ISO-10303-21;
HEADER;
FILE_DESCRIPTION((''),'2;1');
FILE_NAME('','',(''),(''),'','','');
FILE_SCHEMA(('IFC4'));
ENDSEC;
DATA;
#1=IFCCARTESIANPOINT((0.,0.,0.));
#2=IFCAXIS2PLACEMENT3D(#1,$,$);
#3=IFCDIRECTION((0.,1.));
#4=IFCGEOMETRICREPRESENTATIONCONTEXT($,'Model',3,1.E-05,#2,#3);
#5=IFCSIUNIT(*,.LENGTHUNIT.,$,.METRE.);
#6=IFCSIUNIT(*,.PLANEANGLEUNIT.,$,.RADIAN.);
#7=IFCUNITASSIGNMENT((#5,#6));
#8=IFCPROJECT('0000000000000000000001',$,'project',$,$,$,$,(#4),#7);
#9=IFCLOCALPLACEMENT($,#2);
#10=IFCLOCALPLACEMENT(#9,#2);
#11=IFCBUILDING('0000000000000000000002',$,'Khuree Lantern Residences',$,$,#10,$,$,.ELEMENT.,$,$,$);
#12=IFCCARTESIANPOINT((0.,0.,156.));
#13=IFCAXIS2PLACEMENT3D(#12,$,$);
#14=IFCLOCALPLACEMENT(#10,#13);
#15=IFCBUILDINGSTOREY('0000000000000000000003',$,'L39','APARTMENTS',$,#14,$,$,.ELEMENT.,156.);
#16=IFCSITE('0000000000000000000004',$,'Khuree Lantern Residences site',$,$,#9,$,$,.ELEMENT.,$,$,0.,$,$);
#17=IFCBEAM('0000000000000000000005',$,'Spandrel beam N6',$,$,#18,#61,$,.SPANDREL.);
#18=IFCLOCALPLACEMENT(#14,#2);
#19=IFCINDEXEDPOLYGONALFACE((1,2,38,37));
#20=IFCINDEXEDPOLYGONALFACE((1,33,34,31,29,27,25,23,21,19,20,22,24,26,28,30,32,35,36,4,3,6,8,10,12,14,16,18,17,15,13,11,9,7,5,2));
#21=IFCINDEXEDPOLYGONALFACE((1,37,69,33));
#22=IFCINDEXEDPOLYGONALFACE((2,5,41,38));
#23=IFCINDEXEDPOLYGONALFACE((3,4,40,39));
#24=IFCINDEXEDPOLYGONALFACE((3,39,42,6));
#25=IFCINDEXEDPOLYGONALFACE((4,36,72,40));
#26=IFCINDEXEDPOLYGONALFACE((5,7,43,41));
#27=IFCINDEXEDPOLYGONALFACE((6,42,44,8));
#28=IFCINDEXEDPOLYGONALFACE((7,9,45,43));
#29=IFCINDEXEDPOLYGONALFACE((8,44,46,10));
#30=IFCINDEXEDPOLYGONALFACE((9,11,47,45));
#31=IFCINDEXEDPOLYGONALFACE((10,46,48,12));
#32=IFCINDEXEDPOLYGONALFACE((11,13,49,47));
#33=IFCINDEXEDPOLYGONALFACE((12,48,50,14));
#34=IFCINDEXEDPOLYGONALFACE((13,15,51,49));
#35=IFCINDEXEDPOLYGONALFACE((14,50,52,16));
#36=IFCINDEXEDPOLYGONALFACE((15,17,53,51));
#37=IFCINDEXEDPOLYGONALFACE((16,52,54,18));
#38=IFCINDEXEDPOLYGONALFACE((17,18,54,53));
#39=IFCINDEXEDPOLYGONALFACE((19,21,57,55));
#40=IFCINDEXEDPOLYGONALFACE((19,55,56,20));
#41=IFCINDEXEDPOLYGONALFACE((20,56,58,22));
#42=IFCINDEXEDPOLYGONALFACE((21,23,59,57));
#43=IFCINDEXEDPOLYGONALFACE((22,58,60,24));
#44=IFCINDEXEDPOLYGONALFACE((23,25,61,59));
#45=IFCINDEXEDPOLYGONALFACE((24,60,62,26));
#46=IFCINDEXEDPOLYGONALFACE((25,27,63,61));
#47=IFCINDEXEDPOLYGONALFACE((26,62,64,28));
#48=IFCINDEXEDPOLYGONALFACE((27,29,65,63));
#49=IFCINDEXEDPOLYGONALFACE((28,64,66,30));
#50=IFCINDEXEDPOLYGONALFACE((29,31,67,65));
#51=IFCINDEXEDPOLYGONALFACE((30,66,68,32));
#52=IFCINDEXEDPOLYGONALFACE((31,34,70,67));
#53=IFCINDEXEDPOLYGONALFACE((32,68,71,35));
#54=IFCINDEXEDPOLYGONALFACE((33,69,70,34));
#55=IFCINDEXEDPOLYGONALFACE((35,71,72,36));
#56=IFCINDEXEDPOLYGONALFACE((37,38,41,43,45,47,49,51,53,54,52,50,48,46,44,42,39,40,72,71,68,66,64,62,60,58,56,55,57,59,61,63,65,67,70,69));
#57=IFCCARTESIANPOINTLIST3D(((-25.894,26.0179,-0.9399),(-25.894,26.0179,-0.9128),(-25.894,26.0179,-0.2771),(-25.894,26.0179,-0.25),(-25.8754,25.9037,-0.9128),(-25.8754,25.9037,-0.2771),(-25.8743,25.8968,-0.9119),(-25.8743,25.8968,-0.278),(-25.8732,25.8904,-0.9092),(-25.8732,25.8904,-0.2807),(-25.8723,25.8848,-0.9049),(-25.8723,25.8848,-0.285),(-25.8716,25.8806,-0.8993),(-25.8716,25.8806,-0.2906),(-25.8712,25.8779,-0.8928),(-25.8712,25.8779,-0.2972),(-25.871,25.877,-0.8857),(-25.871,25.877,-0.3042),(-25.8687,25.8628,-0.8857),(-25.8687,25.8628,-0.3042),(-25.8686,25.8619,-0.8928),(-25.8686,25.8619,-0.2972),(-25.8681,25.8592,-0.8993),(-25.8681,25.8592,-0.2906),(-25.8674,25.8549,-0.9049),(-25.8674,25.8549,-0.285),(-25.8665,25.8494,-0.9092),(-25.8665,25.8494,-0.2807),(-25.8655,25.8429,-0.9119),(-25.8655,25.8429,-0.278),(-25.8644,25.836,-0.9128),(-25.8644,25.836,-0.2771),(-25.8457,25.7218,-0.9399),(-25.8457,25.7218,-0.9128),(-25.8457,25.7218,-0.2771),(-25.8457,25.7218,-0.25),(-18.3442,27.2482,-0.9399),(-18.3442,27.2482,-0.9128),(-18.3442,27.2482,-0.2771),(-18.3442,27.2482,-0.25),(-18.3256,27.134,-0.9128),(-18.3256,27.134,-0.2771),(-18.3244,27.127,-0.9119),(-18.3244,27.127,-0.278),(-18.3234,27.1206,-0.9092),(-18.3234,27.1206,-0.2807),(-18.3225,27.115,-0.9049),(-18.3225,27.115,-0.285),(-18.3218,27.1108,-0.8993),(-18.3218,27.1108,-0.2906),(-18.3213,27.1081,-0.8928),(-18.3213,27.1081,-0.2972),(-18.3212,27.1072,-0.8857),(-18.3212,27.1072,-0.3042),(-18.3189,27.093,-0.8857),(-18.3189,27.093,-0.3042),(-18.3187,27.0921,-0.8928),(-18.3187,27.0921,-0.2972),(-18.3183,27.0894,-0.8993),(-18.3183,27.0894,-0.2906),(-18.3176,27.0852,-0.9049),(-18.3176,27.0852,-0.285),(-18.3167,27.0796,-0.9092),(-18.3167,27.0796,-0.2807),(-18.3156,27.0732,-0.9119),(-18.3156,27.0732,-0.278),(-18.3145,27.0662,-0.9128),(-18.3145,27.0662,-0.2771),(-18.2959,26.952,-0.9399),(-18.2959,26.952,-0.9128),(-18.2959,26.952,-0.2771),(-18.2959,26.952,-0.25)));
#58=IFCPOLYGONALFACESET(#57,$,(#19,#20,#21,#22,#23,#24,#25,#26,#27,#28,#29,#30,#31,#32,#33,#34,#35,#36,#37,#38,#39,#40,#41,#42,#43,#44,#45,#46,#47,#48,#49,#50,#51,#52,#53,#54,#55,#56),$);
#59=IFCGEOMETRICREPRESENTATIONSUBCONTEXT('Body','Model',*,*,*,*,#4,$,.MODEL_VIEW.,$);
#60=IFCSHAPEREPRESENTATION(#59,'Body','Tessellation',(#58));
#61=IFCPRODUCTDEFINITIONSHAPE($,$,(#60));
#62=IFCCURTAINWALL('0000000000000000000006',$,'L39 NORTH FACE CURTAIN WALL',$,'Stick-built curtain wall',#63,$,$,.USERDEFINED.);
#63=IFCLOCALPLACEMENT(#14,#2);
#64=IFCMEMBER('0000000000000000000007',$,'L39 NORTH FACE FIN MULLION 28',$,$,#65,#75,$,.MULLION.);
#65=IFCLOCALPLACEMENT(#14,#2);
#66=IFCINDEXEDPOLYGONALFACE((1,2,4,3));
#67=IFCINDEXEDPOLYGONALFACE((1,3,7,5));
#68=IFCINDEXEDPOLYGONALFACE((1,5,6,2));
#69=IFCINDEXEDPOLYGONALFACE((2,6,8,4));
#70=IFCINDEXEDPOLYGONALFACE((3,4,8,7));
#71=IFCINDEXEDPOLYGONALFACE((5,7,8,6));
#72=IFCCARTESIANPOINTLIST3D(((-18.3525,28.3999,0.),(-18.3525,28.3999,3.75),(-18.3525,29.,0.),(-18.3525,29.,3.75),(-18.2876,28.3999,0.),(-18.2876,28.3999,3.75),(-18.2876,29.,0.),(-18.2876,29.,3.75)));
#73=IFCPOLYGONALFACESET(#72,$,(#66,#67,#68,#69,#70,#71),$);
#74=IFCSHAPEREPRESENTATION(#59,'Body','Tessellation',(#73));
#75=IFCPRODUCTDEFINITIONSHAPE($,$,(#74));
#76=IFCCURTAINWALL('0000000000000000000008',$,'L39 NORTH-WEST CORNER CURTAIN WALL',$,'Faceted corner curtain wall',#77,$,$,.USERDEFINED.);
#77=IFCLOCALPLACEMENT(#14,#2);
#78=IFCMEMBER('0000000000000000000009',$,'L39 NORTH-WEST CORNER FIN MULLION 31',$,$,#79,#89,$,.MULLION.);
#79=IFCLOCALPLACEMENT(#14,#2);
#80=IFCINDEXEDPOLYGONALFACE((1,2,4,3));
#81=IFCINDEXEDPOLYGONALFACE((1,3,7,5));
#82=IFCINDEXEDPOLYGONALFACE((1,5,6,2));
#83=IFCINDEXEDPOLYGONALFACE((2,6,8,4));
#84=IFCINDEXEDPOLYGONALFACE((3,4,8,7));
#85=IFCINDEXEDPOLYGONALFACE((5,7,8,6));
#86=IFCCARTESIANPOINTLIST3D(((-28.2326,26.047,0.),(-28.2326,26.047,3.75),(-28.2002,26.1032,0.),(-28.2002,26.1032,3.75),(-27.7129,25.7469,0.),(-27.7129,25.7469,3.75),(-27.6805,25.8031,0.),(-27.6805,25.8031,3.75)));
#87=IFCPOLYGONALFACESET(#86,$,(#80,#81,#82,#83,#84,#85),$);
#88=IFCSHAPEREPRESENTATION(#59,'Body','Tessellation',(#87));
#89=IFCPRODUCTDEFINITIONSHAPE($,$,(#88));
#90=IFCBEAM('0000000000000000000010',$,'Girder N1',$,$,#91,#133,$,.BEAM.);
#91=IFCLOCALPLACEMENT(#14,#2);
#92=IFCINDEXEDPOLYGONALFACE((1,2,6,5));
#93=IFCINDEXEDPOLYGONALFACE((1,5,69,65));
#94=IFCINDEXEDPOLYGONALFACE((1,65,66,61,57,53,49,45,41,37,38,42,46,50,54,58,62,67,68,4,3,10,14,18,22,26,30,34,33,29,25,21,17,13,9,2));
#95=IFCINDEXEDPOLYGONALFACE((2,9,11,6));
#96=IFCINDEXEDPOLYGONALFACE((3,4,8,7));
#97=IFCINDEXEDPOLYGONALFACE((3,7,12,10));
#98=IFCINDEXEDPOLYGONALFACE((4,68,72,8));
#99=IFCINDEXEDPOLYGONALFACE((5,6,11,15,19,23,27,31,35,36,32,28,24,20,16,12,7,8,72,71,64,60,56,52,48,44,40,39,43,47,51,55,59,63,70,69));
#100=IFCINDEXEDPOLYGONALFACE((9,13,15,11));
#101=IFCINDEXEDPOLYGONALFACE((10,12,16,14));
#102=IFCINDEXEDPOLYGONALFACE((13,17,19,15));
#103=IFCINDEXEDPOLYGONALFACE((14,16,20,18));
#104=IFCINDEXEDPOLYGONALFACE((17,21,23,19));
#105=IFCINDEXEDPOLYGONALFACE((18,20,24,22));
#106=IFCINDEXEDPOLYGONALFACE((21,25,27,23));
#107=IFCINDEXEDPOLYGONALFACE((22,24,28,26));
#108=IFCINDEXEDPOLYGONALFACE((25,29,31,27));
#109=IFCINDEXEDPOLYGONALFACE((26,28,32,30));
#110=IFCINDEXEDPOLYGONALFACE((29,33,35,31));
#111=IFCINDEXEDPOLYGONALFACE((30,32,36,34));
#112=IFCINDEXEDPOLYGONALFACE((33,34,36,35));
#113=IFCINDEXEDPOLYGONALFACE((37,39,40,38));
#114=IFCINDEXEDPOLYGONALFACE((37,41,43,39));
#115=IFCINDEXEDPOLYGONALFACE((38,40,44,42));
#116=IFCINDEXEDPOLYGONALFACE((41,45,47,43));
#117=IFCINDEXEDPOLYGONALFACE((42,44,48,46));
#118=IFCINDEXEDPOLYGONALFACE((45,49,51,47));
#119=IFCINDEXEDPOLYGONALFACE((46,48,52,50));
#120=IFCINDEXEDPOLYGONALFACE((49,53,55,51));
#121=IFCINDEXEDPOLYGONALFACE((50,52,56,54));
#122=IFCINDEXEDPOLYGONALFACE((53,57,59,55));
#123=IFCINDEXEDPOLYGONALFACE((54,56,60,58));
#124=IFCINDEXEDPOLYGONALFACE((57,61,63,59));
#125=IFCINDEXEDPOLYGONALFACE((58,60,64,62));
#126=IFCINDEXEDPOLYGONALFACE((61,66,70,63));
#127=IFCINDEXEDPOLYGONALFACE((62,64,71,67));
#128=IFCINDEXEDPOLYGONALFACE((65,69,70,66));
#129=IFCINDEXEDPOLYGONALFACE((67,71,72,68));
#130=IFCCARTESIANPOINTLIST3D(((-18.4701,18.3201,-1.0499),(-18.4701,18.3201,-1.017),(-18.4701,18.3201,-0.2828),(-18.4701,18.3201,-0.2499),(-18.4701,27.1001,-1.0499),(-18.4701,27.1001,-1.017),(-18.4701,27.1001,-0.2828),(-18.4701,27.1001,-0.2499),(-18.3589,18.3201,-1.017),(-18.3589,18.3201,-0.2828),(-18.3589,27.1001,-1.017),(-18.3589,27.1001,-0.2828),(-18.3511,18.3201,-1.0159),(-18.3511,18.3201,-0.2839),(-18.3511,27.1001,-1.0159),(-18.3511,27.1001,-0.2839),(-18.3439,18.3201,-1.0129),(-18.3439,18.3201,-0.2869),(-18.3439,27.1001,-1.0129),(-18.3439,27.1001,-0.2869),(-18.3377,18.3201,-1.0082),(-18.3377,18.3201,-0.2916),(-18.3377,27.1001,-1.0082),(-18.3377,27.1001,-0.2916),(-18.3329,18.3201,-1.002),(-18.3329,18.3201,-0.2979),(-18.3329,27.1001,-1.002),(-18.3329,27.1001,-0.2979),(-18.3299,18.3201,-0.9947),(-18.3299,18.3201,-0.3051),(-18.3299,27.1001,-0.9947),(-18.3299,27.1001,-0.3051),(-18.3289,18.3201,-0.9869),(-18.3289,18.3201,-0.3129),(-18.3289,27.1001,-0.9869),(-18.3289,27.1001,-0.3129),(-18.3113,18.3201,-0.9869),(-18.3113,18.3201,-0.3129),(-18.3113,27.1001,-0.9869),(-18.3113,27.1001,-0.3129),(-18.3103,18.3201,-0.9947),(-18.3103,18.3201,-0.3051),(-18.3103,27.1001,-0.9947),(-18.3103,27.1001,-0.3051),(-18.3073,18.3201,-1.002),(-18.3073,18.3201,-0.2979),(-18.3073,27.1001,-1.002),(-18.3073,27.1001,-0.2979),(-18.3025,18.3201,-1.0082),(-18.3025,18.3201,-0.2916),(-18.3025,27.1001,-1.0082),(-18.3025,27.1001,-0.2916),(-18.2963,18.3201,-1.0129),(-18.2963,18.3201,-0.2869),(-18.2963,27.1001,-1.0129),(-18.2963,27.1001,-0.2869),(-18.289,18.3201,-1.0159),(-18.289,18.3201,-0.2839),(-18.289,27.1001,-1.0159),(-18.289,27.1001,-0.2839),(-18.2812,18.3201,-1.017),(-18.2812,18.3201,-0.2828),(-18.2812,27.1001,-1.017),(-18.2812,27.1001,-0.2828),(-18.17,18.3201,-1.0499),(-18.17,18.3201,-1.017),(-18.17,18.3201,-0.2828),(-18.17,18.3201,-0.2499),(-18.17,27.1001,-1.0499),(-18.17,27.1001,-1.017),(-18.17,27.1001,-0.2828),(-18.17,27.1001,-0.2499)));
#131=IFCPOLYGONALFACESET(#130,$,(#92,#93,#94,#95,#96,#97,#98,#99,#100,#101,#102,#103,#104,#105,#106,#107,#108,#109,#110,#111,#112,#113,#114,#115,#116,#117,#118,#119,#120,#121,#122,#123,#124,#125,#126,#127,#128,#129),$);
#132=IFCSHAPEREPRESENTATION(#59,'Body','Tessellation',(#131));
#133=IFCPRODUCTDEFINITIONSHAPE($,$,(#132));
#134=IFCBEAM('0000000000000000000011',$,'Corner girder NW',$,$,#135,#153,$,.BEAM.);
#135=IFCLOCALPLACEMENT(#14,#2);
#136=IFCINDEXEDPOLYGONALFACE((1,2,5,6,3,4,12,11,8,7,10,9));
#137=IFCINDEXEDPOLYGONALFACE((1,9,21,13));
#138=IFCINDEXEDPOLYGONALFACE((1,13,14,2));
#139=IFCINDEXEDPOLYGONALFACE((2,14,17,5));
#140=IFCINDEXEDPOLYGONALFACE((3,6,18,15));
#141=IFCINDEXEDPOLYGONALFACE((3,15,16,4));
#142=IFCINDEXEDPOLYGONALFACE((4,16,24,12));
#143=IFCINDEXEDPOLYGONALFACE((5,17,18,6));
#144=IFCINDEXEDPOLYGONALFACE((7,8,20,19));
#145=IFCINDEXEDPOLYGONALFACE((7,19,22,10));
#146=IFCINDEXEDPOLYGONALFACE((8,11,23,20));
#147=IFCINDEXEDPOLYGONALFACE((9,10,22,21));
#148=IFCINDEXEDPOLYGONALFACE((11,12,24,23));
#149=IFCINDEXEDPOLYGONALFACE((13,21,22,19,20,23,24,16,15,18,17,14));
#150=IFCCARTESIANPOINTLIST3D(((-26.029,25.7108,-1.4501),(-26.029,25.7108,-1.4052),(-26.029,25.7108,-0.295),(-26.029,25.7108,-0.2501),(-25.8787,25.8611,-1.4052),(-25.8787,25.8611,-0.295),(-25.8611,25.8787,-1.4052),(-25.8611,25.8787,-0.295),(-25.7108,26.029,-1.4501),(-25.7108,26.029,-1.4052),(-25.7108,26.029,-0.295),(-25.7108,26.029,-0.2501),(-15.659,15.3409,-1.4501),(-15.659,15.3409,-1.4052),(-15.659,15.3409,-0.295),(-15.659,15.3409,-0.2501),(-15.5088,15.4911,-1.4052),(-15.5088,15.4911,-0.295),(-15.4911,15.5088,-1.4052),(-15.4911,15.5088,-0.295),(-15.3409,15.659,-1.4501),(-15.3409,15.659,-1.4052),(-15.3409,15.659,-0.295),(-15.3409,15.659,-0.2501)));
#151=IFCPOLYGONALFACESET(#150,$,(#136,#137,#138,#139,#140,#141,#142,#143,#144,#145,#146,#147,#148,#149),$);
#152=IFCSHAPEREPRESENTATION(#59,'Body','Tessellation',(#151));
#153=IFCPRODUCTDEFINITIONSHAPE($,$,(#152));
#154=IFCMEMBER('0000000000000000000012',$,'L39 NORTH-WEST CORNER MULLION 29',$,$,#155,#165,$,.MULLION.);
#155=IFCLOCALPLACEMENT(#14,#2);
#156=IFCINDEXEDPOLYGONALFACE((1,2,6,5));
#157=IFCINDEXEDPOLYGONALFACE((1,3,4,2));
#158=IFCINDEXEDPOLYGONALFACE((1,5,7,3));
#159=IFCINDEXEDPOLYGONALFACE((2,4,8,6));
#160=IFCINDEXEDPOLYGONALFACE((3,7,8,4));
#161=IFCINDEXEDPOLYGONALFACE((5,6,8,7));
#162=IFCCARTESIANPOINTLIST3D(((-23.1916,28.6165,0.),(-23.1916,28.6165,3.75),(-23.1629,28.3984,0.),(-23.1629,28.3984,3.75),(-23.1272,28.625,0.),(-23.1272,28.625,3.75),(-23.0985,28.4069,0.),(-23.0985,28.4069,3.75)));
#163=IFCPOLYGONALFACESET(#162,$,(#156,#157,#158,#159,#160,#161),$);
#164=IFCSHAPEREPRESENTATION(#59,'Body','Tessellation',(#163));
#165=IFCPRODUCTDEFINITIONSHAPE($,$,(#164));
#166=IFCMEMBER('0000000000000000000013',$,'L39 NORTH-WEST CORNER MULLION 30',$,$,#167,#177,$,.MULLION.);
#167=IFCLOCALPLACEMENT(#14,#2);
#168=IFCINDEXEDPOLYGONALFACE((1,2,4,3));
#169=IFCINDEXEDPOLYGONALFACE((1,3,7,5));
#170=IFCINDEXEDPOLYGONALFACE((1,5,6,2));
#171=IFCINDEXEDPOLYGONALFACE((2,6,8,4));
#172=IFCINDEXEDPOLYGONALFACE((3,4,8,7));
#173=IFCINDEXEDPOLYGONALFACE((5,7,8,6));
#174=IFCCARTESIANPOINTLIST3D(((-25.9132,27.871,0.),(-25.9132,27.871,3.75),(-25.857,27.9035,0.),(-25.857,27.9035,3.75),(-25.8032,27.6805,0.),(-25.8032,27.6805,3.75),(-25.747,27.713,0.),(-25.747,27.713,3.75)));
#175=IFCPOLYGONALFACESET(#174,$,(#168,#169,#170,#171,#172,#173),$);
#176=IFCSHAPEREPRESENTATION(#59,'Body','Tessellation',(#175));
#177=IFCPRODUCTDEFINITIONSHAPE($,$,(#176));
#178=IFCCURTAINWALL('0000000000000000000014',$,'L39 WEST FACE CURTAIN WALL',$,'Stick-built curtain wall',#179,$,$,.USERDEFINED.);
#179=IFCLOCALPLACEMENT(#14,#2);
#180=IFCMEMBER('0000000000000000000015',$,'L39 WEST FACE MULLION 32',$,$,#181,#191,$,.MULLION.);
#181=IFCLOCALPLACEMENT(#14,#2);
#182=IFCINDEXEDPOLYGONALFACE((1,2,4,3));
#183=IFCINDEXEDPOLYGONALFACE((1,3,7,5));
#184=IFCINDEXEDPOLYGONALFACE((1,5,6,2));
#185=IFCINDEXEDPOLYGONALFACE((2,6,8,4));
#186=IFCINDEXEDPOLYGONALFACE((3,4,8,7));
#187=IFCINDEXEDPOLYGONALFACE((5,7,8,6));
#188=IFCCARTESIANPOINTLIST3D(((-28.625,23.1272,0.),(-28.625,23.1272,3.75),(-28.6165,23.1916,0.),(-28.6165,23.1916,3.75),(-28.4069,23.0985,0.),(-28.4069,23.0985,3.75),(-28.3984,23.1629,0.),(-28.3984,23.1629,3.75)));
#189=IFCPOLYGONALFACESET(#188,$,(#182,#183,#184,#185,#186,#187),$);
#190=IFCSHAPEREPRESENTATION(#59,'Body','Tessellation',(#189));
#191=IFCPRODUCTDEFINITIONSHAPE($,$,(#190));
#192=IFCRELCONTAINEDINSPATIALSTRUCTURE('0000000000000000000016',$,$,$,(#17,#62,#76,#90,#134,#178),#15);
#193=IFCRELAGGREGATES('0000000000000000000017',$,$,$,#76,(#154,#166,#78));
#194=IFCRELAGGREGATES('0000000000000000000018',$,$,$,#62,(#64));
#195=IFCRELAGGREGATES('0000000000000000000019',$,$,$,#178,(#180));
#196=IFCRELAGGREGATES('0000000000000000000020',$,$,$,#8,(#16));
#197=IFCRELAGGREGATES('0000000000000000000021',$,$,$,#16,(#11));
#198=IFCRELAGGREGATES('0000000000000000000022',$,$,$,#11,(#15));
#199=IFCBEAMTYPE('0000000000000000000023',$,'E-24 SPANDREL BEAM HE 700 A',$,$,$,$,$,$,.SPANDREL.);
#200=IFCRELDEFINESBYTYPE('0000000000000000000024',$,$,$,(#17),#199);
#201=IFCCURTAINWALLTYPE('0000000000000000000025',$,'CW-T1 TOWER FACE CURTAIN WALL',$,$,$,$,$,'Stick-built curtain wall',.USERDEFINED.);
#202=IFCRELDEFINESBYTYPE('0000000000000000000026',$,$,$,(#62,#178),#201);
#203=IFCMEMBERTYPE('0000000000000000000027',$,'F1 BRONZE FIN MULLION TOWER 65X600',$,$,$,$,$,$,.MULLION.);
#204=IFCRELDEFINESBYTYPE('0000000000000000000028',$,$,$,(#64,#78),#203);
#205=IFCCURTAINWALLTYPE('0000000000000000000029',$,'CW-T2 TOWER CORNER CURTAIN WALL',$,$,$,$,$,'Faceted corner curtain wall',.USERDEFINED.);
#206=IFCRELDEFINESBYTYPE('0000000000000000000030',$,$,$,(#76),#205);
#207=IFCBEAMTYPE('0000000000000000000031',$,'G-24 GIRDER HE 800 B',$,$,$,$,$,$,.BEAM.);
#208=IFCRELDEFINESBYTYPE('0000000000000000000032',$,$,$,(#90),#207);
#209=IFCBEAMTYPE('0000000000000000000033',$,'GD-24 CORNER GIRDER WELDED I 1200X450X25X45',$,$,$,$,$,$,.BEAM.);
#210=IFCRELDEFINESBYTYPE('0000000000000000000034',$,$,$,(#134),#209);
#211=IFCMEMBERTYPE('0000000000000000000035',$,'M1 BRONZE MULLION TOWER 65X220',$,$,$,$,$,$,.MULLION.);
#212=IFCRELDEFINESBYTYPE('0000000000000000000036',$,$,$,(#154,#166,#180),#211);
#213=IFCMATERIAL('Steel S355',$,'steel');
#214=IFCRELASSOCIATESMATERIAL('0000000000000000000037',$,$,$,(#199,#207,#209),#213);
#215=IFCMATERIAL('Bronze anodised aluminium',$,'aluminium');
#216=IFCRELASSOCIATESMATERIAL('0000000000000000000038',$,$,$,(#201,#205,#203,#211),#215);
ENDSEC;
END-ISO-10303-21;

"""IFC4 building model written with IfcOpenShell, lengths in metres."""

from ifc_helpers import new_model, si_unit, direction, frame, origin, origin_2d, place, context, subcontext, project, spatial, rectangle, i_section, extrude, material, material_profile, profile_set, type_object, element, aggregate, save


model = new_model("IFC4")

# Units and contexts
model_context = context("Model", 3, precision=1e-05, world=origin(), true_north=direction((0.0, 1.0)))
body_context = subcontext(model_context, "Body", "Model", "MODEL_VIEW")
ifc_project = project(units=[si_unit("LENGTHUNIT", "METRE"), si_unit("PLANEANGLEUNIT", "RADIAN")], contexts=[model_context])

# Site, building, storey
site_placement = place(None, origin())
site = spatial("IfcSite", under=ifc_project, at=site_placement, Name="Khuree Lantern Residences site", CompositionType="ELEMENT", RefElevation=0.0)
building_placement = place(site_placement, origin())
building = spatial("IfcBuilding", under=site, at=building_placement, Name="Khuree Lantern Residences", CompositionType="ELEMENT")
storey_placement = place(building_placement, frame((0.0, 0.0, 156.0)))
storey = spatial("IfcBuildingStorey", under=building, at=storey_placement, Name="L39", Description="APARTMENTS", CompositionType="ELEMENT", Elevation=156.0)

# Beam
ifc_material_1 = material(Name="Steel S355", Category="steel")
ifc_material_profile_1 = material_profile(ifc_material_1, i_section(OverallWidth=0.3, OverallDepth=0.6899, WebThickness=0.0144, FlangeThickness=0.0271, FilletRadius=0.0271, at=origin_2d()), Name="HE 700 A")
ifc_profile_set_1 = profile_set([ifc_material_profile_1], Name="Steel S355")
beam_type_1 = type_object("IfcBeamType", Name="E-24 SPANDREL BEAM HE 700 A", PredefinedType="SPANDREL", material=ifc_profile_set_1)
beam_1_placement = place(storey_placement, frame((-25.8699, 25.8699, -0.595), z_axis=(0.986983, 0.160827, 0.0), x_axis=(-0.160827, 0.986983, 0.0)))
element("IfcBeam", 1, at=beam_1_placement, inside=storey, type_object=beam_type_1, Name="Spandrel beam N6", PredefinedType="SPANDREL", context=body_context, shape_type="SweptSolid", body=[
    extrude(i_section(OverallWidth=0.3, OverallDepth=0.6899, WebThickness=0.0144, FlangeThickness=0.0271, FilletRadius=0.0271, at=origin_2d()), origin(), (0.0, 0.0, 1.0), 7.6494),
])

# Curtain walls, members
ifc_material_2 = material(Name="Bronze anodised aluminium", Category="aluminium")
curtain_wall_type_1 = type_object("IfcCurtainWallType", Name="CW-T1 TOWER FACE CURTAIN WALL", ElementType="Stick-built curtain wall", PredefinedType="USERDEFINED", material=ifc_material_2)
curtain_wall_1_placement = place(storey_placement, origin())
curtain_wall_1 = element("IfcCurtainWall", 2, at=curtain_wall_1_placement, inside=storey, type_object=curtain_wall_type_1, Name="L39 NORTH FACE CURTAIN WALL", ObjectType="Stick-built curtain wall", PredefinedType="USERDEFINED")
ifc_material_profile_2 = material_profile(ifc_material_2, rectangle(XDim=0.0649, YDim=0.6001, at=origin_2d()), Name="F1 65X600")
ifc_profile_set_2 = profile_set([ifc_material_profile_2], Name="Bronze anodised aluminium")
member_type_1 = type_object("IfcMemberType", Name="F1 BRONZE FIN MULLION TOWER 65X600", PredefinedType="MULLION", material=ifc_profile_set_2)
member_1_placement = place(storey_placement, frame((-18.3201, 28.7, 0.0), z_axis=(0.0, 0.0, 1.0), x_axis=(-1.0, 0.0, 0.0)))
member_1 = element("IfcMember", 3, at=member_1_placement, type_object=member_type_1, Name="L39 NORTH FACE FIN MULLION 28", PredefinedType="MULLION", context=body_context, shape_type="SweptSolid", body=[
    extrude(rectangle(XDim=0.0649, YDim=0.6001, at=origin_2d()), origin(), (0.0, 0.0, 1.0), 3.75),
])
curtain_wall_type_2 = type_object("IfcCurtainWallType", Name="CW-T2 TOWER CORNER CURTAIN WALL", ElementType="Faceted corner curtain wall", PredefinedType="USERDEFINED", material=ifc_material_2)
curtain_wall_2_placement = place(storey_placement, origin())
curtain_wall_2 = element("IfcCurtainWall", 4, at=curtain_wall_2_placement, inside=storey, type_object=curtain_wall_type_2, Name="L39 NORTH-WEST CORNER CURTAIN WALL", ObjectType="Faceted corner curtain wall", PredefinedType="USERDEFINED")
member_2_placement = place(storey_placement, frame((-27.9565, 25.925, 0.0), z_axis=(0.0, 0.0, 1.0), x_axis=(-0.5, -0.866025, 0.0)))
member_2 = element("IfcMember", 5, at=member_2_placement, type_object=member_type_1, Name="L39 NORTH-WEST CORNER FIN MULLION 31", PredefinedType="MULLION", context=body_context, shape_type="SweptSolid", body=[
    extrude(rectangle(XDim=0.0649, YDim=0.6001, at=origin_2d()), origin(), (0.0, 0.0, 1.0), 3.75),
])

# Beams
ifc_material_profile_3 = material_profile(ifc_material_1, i_section(OverallWidth=0.3, OverallDepth=0.8, WebThickness=0.0176, FlangeThickness=0.033, FilletRadius=0.03, at=origin_2d()), Name="HE 800 B")
ifc_profile_set_3 = profile_set([ifc_material_profile_3], Name="Steel S355")
beam_type_2 = type_object("IfcBeamType", Name="G-24 GIRDER HE 800 B", PredefinedType="BEAM", material=ifc_profile_set_3)
beam_2_placement = place(storey_placement, frame((-18.3201, 27.1001, -0.6499), z_axis=(0.0, -1.0, 0.0), x_axis=(1.0, 0.0, 0.0)))
element("IfcBeam", 6, at=beam_2_placement, inside=storey, type_object=beam_type_2, Name="Girder N1", PredefinedType="BEAM", context=body_context, shape_type="SweptSolid", body=[
    extrude(i_section(OverallWidth=0.3, OverallDepth=0.8, WebThickness=0.0176, FlangeThickness=0.033, FilletRadius=0.03, at=origin_2d()), origin(), (0.0, 0.0, 1.0), 8.78),
])
ifc_material_profile_4 = material_profile(ifc_material_1, i_section(OverallWidth=0.45, OverallDepth=1.2, WebThickness=0.0249, FlangeThickness=0.0449, at=origin_2d()), Name="WELDED I 1200X450X25X45")
ifc_profile_set_4 = profile_set([ifc_material_profile_4], Name="Steel S355")
beam_type_3 = type_object("IfcBeamType", Name="GD-24 CORNER GIRDER WELDED I 1200X450X25X45", PredefinedType="BEAM", material=ifc_profile_set_4)
beam_3_placement = place(storey_placement, frame((-25.8699, 25.8699, -0.8501), z_axis=(0.707107, -0.707107, 0.0), x_axis=(0.707107, 0.707107, 0.0)))
element("IfcBeam", 7, at=beam_3_placement, inside=storey, type_object=beam_type_3, Name="Corner girder NW", PredefinedType="BEAM", context=body_context, shape_type="SweptSolid", body=[
    extrude(i_section(OverallWidth=0.45, OverallDepth=1.2, WebThickness=0.0249, FlangeThickness=0.0449, at=origin_2d()), origin(), (0.0, 0.0, 1.0), 14.6653),
])

# Members
ifc_material_profile_5 = material_profile(ifc_material_2, rectangle(XDim=0.0649, YDim=0.22, at=origin_2d()), Name="M1 65X220")
ifc_profile_set_5 = profile_set([ifc_material_profile_5], Name="Bronze anodised aluminium")
member_type_2 = type_object("IfcMemberType", Name="M1 BRONZE MULLION TOWER 65X220", PredefinedType="MULLION", material=ifc_profile_set_5)
member_3_placement = place(storey_placement, frame((-23.145, 28.5117, 0.0), z_axis=(0.0, 0.0, 1.0), x_axis=(-0.991445, -0.130526, 0.0)))
member_3 = element("IfcMember", 8, at=member_3_placement, type_object=member_type_2, Name="L39 NORTH-WEST CORNER MULLION 29", PredefinedType="MULLION", context=body_context, shape_type="SweptSolid", body=[
    extrude(rectangle(XDim=0.0649, YDim=0.22, at=origin_2d()), origin(), (0.0, 0.0, 1.0), 3.75),
])
member_4_placement = place(storey_placement, frame((-25.8301, 27.792, 0.0), z_axis=(0.0, 0.0, 1.0), x_axis=(-0.866025, -0.5, 0.0)))
member_4 = element("IfcMember", 9, at=member_4_placement, type_object=member_type_2, Name="L39 NORTH-WEST CORNER MULLION 30", PredefinedType="MULLION", context=body_context, shape_type="SweptSolid", body=[
    extrude(rectangle(XDim=0.0649, YDim=0.22, at=origin_2d()), origin(), (0.0, 0.0, 1.0), 3.75),
])

# Curtain wall, member
curtain_wall_3_placement = place(storey_placement, origin())
curtain_wall_3 = element("IfcCurtainWall", 10, at=curtain_wall_3_placement, inside=storey, type_object=curtain_wall_type_1, Name="L39 WEST FACE CURTAIN WALL", ObjectType="Stick-built curtain wall", PredefinedType="USERDEFINED")
member_5_placement = place(storey_placement, frame((-28.5117, 23.145, 0.0), z_axis=(0.0, 0.0, 1.0), x_axis=(-0.130526, -0.991445, 0.0)))
member_5 = element("IfcMember", 11, at=member_5_placement, type_object=member_type_2, Name="L39 WEST FACE MULLION 32", PredefinedType="MULLION", context=body_context, shape_type="SweptSolid", body=[
    extrude(rectangle(XDim=0.0649, YDim=0.22, at=origin_2d()), origin(), (0.0, 0.0, 1.0), 3.75),
])

aggregate(curtain_wall_2, [member_3, member_4, member_2])
aggregate(curtain_wall_1, [member_1])
aggregate(curtain_wall_3, [member_5])

save(model, "model.ifc")
